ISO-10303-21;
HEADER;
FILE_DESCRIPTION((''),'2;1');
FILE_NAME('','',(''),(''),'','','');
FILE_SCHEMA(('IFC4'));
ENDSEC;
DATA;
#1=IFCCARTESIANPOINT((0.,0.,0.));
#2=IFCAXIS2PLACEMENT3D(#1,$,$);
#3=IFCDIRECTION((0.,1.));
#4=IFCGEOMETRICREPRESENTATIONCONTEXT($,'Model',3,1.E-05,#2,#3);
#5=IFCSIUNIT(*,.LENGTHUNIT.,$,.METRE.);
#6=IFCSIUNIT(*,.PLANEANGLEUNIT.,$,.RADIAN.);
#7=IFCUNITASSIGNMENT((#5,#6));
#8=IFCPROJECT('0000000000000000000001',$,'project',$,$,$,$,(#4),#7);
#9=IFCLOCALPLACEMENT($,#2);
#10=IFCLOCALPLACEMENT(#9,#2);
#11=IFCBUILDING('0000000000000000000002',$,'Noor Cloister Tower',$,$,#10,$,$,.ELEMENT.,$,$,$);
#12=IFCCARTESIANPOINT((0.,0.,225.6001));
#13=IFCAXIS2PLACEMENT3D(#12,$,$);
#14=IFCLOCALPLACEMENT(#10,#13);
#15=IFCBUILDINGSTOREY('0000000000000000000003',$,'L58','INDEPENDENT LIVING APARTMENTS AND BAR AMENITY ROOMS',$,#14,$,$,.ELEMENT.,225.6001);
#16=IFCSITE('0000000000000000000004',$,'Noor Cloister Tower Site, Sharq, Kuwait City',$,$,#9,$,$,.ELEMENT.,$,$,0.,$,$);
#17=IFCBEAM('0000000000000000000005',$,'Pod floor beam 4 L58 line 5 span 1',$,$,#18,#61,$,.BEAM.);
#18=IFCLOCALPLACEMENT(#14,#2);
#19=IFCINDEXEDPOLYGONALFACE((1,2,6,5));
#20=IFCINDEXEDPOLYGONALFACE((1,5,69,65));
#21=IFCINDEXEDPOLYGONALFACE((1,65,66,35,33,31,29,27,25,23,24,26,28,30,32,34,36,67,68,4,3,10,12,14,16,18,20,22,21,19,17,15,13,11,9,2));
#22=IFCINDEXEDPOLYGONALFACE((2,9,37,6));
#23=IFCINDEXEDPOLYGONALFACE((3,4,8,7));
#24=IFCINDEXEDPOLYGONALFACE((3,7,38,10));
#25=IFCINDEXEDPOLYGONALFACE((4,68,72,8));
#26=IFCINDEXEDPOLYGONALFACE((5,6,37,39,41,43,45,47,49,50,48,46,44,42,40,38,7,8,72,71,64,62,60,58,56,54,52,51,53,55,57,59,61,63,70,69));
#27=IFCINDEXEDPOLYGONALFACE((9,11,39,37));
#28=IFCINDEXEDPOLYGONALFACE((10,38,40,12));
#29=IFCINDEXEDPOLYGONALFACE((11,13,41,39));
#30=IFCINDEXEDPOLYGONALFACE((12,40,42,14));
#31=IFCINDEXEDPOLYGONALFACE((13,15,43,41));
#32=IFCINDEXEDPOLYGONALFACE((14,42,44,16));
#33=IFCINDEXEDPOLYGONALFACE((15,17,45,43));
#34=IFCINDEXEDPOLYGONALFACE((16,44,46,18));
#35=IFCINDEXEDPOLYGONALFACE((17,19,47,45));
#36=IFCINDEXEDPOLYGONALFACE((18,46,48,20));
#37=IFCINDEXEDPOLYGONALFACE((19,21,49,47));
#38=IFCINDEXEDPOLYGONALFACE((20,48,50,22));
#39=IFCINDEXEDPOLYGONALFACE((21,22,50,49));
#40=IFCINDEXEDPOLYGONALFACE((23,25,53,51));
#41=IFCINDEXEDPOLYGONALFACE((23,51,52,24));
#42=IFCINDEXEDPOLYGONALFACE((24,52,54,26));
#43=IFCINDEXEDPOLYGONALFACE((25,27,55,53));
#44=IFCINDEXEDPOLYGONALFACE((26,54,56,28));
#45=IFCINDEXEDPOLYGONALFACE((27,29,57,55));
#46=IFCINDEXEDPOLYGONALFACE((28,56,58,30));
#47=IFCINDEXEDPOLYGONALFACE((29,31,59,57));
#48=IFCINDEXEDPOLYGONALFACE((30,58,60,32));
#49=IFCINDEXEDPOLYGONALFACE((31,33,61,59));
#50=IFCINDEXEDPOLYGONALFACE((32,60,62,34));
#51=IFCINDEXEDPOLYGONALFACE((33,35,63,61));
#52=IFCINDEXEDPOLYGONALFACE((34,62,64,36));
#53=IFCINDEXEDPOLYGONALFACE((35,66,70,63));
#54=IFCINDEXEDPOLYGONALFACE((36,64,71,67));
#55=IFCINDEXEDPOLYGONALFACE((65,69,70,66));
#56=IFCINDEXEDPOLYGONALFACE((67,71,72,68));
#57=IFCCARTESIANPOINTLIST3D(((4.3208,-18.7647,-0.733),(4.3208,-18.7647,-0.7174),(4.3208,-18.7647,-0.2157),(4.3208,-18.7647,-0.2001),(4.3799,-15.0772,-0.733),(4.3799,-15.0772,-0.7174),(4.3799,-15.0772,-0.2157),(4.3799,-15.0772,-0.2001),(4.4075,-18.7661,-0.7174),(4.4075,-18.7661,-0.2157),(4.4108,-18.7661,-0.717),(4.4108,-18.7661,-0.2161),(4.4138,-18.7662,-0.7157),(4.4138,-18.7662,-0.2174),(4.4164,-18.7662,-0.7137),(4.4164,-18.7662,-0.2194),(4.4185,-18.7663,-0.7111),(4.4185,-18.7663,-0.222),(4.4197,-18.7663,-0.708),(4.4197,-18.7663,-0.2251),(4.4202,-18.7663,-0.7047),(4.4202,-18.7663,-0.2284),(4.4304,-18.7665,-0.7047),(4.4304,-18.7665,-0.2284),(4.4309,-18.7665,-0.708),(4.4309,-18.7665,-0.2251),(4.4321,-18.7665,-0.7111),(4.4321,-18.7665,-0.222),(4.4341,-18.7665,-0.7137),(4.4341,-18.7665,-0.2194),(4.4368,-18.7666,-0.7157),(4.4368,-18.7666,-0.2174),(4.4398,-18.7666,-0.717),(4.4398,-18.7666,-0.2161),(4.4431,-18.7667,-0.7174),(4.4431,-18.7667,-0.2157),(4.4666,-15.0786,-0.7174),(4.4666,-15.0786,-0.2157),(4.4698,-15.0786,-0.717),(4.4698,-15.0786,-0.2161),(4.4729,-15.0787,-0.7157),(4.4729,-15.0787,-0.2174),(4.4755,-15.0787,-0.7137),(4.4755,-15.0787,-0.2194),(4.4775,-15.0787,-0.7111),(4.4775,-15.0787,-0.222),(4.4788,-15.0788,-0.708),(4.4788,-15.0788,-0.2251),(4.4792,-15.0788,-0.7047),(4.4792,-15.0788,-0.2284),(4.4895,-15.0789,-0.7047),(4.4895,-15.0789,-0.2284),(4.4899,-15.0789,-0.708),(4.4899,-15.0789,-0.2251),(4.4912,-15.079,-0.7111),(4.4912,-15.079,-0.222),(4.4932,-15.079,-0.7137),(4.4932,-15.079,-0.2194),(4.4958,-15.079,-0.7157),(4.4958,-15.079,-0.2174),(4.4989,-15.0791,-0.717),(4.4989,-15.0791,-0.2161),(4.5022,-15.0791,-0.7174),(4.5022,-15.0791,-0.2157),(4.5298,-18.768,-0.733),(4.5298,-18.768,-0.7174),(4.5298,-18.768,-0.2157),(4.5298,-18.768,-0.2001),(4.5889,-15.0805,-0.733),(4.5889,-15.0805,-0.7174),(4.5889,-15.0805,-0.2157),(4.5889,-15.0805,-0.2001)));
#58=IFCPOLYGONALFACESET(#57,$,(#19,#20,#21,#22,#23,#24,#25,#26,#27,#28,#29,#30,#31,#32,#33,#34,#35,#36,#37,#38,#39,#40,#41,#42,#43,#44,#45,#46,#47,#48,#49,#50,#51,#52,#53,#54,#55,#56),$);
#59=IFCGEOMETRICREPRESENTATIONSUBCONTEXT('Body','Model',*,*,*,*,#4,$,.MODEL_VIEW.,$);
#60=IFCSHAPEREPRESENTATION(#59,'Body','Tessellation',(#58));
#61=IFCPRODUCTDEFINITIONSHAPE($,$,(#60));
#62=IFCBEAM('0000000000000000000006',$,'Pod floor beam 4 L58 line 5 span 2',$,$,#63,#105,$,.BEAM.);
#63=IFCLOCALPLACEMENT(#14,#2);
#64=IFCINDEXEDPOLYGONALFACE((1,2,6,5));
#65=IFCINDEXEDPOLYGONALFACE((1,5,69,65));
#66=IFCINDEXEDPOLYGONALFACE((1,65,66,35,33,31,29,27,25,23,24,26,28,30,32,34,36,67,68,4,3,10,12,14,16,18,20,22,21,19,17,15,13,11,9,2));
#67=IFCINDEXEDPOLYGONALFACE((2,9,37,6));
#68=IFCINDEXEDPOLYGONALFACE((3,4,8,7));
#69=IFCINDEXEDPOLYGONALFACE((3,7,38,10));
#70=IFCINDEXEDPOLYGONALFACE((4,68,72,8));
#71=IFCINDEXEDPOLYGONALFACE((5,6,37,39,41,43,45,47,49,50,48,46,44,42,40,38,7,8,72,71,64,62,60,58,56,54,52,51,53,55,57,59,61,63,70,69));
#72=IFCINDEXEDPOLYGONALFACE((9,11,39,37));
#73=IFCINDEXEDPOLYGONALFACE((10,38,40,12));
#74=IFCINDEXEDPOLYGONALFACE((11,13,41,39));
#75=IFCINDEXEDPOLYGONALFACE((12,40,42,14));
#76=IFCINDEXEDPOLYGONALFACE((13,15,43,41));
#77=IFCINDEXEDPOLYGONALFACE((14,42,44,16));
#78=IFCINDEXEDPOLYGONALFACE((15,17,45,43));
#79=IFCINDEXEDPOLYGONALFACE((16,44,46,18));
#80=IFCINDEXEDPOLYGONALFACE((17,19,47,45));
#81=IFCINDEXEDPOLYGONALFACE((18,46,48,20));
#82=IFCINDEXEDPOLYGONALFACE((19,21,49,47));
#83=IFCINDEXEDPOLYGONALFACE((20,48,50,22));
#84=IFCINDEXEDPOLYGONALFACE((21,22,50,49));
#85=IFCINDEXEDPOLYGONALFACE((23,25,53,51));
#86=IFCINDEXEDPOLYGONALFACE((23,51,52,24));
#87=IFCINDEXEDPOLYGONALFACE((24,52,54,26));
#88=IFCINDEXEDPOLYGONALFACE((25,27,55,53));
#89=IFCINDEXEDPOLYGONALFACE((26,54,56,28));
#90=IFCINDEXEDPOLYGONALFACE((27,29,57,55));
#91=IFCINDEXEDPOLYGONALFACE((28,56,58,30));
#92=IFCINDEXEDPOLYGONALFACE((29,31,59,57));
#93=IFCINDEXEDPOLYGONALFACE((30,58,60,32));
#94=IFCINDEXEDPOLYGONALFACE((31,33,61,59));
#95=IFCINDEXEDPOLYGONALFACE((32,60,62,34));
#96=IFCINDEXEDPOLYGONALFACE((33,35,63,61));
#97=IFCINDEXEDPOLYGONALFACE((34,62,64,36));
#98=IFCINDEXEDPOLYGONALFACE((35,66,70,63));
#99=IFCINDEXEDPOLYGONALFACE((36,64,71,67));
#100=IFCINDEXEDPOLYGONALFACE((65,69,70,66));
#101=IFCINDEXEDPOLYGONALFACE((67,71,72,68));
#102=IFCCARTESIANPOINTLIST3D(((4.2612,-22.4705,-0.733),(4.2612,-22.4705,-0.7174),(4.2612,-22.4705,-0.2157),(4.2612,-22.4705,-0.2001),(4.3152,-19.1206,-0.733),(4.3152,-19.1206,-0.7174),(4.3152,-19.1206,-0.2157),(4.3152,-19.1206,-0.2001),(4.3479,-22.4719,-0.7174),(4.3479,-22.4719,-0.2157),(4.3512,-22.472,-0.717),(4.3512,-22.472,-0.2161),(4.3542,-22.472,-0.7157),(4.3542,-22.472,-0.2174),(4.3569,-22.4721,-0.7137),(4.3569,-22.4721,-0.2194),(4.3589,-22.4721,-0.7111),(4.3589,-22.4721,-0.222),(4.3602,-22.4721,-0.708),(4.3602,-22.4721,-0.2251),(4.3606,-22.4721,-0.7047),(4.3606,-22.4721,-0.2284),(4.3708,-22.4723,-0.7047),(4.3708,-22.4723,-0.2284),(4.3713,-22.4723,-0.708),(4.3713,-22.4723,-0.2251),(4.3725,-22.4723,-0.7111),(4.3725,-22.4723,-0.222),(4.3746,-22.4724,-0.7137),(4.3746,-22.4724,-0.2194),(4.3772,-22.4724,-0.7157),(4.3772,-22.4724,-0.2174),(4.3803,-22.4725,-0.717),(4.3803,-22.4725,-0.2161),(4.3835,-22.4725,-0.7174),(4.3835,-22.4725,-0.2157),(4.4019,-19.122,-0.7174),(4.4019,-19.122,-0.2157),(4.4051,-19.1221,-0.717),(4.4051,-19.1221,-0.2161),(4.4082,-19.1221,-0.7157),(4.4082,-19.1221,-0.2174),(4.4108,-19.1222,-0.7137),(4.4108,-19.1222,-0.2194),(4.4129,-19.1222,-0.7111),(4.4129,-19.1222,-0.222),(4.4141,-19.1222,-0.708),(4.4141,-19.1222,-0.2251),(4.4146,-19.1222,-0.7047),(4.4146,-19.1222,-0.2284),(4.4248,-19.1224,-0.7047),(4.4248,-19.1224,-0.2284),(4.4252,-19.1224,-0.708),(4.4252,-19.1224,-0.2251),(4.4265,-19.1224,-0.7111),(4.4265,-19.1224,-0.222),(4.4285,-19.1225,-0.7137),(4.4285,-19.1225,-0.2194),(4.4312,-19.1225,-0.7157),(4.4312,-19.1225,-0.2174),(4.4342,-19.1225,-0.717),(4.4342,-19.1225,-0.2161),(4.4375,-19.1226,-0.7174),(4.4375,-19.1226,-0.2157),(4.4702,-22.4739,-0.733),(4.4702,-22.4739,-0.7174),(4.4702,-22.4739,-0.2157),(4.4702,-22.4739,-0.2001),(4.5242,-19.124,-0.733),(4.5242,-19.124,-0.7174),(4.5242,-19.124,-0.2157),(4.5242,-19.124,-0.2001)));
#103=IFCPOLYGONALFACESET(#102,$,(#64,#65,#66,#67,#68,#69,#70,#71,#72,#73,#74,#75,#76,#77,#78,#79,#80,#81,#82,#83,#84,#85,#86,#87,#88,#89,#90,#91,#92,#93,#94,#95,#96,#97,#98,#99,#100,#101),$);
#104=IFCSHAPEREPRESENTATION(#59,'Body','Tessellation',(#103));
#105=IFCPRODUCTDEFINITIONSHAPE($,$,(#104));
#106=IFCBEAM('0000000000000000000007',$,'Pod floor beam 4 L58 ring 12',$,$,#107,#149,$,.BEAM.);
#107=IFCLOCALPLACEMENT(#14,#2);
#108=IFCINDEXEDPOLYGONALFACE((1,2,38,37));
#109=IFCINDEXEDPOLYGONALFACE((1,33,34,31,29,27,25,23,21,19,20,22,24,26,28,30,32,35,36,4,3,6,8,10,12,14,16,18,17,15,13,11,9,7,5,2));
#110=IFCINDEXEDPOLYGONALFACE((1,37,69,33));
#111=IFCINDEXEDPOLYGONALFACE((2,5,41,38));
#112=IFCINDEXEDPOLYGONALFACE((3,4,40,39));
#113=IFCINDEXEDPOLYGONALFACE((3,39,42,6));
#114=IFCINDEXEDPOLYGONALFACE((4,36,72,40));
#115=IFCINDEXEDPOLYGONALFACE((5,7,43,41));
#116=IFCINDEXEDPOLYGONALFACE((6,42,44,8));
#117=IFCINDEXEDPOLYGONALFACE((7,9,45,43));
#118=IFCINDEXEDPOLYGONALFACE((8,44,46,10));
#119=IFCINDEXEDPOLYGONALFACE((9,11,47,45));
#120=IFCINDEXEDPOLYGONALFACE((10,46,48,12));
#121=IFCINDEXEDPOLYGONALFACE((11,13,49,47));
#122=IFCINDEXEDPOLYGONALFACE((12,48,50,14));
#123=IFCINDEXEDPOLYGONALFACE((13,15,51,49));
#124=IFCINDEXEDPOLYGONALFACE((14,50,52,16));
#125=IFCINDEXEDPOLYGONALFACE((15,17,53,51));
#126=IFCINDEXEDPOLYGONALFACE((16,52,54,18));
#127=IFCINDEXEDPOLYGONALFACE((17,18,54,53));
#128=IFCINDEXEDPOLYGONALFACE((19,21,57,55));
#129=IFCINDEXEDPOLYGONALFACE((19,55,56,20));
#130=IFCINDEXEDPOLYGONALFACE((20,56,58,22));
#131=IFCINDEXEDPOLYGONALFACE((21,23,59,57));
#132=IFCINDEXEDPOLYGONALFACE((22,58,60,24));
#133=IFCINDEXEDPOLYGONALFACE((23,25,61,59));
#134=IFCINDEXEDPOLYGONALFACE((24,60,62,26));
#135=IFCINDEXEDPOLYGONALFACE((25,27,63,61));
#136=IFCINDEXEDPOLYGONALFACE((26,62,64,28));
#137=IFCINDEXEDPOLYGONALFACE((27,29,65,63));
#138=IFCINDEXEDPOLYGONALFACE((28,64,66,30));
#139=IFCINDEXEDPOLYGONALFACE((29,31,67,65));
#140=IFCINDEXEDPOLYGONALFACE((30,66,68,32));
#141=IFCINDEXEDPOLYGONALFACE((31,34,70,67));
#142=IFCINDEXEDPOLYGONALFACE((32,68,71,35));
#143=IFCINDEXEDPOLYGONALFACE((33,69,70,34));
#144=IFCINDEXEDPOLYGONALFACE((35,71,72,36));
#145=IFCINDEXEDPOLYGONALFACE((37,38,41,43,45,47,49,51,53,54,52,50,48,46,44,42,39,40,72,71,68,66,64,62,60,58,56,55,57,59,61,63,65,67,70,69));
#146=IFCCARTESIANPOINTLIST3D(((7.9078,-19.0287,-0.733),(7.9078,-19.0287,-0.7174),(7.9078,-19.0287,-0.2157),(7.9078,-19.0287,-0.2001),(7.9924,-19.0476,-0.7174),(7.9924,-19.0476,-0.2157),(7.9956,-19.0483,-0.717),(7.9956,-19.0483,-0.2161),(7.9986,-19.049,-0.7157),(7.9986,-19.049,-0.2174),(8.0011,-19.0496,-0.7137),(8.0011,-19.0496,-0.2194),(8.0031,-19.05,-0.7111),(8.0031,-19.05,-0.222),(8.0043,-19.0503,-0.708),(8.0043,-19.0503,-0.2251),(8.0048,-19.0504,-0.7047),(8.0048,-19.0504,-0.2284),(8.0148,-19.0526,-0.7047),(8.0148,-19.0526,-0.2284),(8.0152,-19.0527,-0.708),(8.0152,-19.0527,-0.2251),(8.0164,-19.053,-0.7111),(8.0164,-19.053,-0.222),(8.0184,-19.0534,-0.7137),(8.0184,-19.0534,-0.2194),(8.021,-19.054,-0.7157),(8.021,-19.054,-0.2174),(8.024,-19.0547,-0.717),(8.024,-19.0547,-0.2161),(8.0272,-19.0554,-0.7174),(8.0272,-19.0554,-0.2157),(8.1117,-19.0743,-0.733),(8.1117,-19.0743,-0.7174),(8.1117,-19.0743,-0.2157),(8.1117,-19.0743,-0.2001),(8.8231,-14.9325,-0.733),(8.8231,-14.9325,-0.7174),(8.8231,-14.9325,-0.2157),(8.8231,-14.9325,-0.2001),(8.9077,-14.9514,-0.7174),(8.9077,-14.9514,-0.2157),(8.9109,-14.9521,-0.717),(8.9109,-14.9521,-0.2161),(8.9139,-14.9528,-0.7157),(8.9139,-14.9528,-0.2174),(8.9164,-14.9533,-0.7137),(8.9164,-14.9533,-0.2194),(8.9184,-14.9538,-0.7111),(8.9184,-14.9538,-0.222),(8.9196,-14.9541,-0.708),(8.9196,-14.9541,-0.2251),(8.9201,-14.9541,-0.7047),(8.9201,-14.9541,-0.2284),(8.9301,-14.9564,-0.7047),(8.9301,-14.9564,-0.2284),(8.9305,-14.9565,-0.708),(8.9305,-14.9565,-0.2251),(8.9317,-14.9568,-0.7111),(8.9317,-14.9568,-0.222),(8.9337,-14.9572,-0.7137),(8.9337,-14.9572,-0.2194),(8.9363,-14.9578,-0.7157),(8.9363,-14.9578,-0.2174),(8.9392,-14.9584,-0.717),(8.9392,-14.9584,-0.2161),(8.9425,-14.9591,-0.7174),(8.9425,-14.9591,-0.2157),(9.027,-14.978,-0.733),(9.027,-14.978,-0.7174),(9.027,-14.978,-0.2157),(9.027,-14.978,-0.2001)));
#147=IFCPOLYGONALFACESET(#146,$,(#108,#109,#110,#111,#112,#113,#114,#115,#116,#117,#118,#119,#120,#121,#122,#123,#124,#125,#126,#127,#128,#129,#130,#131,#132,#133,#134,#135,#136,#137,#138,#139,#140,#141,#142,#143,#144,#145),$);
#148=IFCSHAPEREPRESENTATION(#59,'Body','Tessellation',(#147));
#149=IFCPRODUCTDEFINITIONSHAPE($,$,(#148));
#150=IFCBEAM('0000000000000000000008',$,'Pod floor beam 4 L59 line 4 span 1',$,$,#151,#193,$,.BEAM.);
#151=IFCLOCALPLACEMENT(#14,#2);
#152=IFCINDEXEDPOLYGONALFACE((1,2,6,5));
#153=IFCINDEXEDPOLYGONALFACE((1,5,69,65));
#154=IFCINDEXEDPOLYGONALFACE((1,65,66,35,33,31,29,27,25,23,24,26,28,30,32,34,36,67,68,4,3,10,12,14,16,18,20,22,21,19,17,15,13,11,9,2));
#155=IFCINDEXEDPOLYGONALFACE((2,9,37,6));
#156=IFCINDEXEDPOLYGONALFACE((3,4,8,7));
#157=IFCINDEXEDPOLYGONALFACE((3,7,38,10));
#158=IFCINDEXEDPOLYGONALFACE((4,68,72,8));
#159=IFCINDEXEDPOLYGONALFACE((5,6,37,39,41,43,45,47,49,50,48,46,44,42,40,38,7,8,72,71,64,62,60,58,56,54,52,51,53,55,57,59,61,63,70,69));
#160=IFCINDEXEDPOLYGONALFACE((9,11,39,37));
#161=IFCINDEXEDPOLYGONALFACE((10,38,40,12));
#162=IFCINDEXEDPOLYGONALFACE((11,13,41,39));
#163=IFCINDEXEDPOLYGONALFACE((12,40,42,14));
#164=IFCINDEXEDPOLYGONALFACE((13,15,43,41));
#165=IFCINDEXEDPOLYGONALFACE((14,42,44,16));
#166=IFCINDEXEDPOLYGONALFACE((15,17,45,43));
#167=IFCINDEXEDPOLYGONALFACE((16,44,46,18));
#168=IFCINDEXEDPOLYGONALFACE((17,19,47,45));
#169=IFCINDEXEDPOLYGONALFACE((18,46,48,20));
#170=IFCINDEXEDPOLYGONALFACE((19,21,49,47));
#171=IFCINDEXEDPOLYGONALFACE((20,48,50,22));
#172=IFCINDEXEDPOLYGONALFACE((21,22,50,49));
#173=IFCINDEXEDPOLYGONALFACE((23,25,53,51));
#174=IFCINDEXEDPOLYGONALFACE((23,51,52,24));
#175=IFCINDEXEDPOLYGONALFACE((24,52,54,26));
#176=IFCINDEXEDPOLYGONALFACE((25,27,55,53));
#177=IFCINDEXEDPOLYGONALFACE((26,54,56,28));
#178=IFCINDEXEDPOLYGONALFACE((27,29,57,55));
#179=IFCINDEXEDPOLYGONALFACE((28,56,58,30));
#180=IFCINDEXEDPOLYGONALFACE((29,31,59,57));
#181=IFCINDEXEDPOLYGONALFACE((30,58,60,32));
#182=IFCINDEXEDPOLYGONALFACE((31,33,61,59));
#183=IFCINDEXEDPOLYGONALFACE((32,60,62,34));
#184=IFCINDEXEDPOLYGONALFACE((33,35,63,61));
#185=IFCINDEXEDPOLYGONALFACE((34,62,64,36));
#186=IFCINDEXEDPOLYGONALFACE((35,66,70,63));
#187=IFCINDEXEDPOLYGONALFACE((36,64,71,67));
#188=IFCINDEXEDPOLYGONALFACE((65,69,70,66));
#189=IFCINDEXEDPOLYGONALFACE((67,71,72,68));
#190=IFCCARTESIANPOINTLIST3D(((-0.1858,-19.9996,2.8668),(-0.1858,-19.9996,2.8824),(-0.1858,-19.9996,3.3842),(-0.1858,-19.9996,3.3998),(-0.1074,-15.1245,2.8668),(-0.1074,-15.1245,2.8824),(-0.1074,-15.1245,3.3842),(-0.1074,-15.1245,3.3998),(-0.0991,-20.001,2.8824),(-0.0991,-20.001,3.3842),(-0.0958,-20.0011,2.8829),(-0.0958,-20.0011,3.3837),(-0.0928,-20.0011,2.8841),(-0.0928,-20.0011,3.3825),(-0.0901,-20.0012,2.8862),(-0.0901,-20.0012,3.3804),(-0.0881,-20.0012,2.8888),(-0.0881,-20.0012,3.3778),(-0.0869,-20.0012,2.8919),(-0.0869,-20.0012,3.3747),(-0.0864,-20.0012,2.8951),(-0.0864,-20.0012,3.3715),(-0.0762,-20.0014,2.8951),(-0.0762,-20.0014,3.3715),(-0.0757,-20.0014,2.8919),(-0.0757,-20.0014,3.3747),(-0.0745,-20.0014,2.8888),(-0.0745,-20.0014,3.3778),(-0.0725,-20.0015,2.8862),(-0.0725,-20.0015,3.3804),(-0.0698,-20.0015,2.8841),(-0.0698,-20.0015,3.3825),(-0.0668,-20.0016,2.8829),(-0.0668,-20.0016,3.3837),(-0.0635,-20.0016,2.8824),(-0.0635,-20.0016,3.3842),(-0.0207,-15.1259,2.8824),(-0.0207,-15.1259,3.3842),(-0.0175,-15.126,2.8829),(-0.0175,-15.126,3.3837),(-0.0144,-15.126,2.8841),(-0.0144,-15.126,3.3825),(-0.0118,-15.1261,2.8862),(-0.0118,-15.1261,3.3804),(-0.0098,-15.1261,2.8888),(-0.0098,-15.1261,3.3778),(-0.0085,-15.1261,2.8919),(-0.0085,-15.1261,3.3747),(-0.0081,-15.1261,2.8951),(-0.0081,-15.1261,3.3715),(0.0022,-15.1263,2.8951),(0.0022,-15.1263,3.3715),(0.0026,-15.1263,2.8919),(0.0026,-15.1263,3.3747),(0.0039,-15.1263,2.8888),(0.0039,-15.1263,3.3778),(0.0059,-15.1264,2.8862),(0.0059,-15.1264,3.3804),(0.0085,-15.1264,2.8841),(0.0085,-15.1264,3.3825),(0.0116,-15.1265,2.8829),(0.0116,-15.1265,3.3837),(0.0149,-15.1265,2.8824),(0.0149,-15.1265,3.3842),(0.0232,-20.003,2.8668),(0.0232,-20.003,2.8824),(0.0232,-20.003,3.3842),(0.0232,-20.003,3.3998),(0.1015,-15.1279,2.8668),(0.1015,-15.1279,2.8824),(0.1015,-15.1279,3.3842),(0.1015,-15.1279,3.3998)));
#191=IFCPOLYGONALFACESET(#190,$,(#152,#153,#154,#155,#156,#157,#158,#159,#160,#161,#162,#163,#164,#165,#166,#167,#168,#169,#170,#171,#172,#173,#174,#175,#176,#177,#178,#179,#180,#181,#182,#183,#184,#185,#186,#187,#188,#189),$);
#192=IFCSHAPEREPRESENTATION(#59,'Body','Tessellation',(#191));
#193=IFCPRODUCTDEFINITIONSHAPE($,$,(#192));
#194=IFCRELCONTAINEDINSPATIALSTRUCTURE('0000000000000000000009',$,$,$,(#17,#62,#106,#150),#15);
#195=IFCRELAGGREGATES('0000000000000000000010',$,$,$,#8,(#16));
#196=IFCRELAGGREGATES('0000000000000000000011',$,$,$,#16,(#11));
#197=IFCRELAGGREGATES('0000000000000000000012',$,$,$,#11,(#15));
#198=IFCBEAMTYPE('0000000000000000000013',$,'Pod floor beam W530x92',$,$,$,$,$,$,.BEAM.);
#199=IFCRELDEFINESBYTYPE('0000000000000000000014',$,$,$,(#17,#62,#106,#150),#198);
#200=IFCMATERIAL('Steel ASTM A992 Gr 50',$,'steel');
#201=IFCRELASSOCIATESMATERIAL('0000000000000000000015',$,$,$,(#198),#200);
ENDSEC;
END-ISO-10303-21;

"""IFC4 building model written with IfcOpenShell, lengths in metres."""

from ifc_helpers import new_model, si_unit, direction, frame, origin, origin_2d, place, context, subcontext, project, spatial, i_section, extrude, material, material_profile, profile_set, type_object, element, save


model = new_model("IFC4")

# Units and contexts
model_context = context("Model", 3, precision=1e-05, world=origin(), true_north=direction((0.0, 1.0)))
body_context = subcontext(model_context, "Body", "Model", "MODEL_VIEW")
ifc_project = project(units=[si_unit("LENGTHUNIT", "METRE"), si_unit("PLANEANGLEUNIT", "RADIAN")], contexts=[model_context])

# Site, building, storey
site_placement = place(None, origin())
site = spatial("IfcSite", under=ifc_project, at=site_placement, Name="Noor Cloister Tower Site, Sharq, Kuwait City", CompositionType="ELEMENT", RefElevation=0.0)
building_placement = place(site_placement, origin())
building = spatial("IfcBuilding", under=site, at=building_placement, Name="Noor Cloister Tower", CompositionType="ELEMENT")
storey_placement = place(building_placement, frame((0.0, 0.0, 225.6001)))
storey = spatial("IfcBuildingStorey", under=building, at=storey_placement, Name="L58", Description="INDEPENDENT LIVING APARTMENTS AND BAR AMENITY ROOMS", CompositionType="ELEMENT", Elevation=225.6001)

# Beams
ifc_material_1 = material(Name="Steel ASTM A992 Gr 50", Category="steel")
ifc_material_profile_1 = material_profile(ifc_material_1, i_section(OverallWidth=0.209, OverallDepth=0.533, WebThickness=0.0103, FlangeThickness=0.0156, FilletRadius=0.0127, at=origin_2d()), Name="W530x92")
ifc_profile_set_1 = profile_set([ifc_material_profile_1], Name="Steel ASTM A992 Gr 50")
beam_type_1 = type_object("IfcBeamType", Name="Pod floor beam W530x92", PredefinedType="BEAM", material=ifc_profile_set_1)
beam_1_placement = place(storey_placement, frame((4.4844, -15.0789, -0.4666), z_axis=(-0.01602, -0.999872, 0.0), x_axis=(0.999872, -0.01602, 0.0)))
element("IfcBeam", 1, at=beam_1_placement, inside=storey, type_object=beam_type_1, Name="Pod floor beam 4 L58 line 5 span 1", PredefinedType="BEAM", context=body_context, shape_type="SweptSolid", body=[
    extrude(i_section(OverallWidth=0.209, OverallDepth=0.533, WebThickness=0.0103, FlangeThickness=0.0156, FilletRadius=0.0127, at=origin_2d()), origin(), (0.0, 0.0, 1.0), 3.688),
])
beam_2_placement = place(storey_placement, frame((4.4197, -19.1223, -0.4666), z_axis=(-0.016105, -0.99987, 0.0), x_axis=(0.99987, -0.016105, 0.0)))
element("IfcBeam", 2, at=beam_2_placement, inside=storey, type_object=beam_type_1, Name="Pod floor beam 4 L58 line 5 span 2", PredefinedType="BEAM", context=body_context, shape_type="SweptSolid", body=[
    extrude(i_section(OverallWidth=0.209, OverallDepth=0.533, WebThickness=0.0103, FlangeThickness=0.0156, FilletRadius=0.0127, at=origin_2d()), origin(), (0.0, 0.0, 1.0), 3.3503),
])
beam_3_placement = place(storey_placement, frame((8.0098, -19.0515, -0.4666), z_axis=(0.21807, 0.975933, 0.0), x_axis=(-0.975933, 0.21807, 0.0)))
element("IfcBeam", 3, at=beam_3_placement, inside=storey, type_object=beam_type_1, Name="Pod floor beam 4 L58 ring 12", PredefinedType="BEAM", context=body_context, shape_type="SweptSolid", body=[
    extrude(i_section(OverallWidth=0.209, OverallDepth=0.533, WebThickness=0.0103, FlangeThickness=0.0156, FilletRadius=0.0127, at=origin_2d()), origin(), (0.0, 0.0, 1.0), 4.1973),
])
beam_4_placement = place(storey_placement, frame((-0.0029, -15.1262, 3.1333), z_axis=(-0.016074, -0.999871, 0.0), x_axis=(0.999871, -0.016074, 0.0)))
element("IfcBeam", 4, at=beam_4_placement, inside=storey, type_object=beam_type_1, Name="Pod floor beam 4 L59 line 4 span 1", PredefinedType="BEAM", context=body_context, shape_type="SweptSolid", body=[
    extrude(i_section(OverallWidth=0.209, OverallDepth=0.533, WebThickness=0.0103, FlangeThickness=0.0156, FilletRadius=0.0127, at=origin_2d()), origin(), (0.0, 0.0, 1.0), 4.8757),
])

save(model, "model.ifc")
